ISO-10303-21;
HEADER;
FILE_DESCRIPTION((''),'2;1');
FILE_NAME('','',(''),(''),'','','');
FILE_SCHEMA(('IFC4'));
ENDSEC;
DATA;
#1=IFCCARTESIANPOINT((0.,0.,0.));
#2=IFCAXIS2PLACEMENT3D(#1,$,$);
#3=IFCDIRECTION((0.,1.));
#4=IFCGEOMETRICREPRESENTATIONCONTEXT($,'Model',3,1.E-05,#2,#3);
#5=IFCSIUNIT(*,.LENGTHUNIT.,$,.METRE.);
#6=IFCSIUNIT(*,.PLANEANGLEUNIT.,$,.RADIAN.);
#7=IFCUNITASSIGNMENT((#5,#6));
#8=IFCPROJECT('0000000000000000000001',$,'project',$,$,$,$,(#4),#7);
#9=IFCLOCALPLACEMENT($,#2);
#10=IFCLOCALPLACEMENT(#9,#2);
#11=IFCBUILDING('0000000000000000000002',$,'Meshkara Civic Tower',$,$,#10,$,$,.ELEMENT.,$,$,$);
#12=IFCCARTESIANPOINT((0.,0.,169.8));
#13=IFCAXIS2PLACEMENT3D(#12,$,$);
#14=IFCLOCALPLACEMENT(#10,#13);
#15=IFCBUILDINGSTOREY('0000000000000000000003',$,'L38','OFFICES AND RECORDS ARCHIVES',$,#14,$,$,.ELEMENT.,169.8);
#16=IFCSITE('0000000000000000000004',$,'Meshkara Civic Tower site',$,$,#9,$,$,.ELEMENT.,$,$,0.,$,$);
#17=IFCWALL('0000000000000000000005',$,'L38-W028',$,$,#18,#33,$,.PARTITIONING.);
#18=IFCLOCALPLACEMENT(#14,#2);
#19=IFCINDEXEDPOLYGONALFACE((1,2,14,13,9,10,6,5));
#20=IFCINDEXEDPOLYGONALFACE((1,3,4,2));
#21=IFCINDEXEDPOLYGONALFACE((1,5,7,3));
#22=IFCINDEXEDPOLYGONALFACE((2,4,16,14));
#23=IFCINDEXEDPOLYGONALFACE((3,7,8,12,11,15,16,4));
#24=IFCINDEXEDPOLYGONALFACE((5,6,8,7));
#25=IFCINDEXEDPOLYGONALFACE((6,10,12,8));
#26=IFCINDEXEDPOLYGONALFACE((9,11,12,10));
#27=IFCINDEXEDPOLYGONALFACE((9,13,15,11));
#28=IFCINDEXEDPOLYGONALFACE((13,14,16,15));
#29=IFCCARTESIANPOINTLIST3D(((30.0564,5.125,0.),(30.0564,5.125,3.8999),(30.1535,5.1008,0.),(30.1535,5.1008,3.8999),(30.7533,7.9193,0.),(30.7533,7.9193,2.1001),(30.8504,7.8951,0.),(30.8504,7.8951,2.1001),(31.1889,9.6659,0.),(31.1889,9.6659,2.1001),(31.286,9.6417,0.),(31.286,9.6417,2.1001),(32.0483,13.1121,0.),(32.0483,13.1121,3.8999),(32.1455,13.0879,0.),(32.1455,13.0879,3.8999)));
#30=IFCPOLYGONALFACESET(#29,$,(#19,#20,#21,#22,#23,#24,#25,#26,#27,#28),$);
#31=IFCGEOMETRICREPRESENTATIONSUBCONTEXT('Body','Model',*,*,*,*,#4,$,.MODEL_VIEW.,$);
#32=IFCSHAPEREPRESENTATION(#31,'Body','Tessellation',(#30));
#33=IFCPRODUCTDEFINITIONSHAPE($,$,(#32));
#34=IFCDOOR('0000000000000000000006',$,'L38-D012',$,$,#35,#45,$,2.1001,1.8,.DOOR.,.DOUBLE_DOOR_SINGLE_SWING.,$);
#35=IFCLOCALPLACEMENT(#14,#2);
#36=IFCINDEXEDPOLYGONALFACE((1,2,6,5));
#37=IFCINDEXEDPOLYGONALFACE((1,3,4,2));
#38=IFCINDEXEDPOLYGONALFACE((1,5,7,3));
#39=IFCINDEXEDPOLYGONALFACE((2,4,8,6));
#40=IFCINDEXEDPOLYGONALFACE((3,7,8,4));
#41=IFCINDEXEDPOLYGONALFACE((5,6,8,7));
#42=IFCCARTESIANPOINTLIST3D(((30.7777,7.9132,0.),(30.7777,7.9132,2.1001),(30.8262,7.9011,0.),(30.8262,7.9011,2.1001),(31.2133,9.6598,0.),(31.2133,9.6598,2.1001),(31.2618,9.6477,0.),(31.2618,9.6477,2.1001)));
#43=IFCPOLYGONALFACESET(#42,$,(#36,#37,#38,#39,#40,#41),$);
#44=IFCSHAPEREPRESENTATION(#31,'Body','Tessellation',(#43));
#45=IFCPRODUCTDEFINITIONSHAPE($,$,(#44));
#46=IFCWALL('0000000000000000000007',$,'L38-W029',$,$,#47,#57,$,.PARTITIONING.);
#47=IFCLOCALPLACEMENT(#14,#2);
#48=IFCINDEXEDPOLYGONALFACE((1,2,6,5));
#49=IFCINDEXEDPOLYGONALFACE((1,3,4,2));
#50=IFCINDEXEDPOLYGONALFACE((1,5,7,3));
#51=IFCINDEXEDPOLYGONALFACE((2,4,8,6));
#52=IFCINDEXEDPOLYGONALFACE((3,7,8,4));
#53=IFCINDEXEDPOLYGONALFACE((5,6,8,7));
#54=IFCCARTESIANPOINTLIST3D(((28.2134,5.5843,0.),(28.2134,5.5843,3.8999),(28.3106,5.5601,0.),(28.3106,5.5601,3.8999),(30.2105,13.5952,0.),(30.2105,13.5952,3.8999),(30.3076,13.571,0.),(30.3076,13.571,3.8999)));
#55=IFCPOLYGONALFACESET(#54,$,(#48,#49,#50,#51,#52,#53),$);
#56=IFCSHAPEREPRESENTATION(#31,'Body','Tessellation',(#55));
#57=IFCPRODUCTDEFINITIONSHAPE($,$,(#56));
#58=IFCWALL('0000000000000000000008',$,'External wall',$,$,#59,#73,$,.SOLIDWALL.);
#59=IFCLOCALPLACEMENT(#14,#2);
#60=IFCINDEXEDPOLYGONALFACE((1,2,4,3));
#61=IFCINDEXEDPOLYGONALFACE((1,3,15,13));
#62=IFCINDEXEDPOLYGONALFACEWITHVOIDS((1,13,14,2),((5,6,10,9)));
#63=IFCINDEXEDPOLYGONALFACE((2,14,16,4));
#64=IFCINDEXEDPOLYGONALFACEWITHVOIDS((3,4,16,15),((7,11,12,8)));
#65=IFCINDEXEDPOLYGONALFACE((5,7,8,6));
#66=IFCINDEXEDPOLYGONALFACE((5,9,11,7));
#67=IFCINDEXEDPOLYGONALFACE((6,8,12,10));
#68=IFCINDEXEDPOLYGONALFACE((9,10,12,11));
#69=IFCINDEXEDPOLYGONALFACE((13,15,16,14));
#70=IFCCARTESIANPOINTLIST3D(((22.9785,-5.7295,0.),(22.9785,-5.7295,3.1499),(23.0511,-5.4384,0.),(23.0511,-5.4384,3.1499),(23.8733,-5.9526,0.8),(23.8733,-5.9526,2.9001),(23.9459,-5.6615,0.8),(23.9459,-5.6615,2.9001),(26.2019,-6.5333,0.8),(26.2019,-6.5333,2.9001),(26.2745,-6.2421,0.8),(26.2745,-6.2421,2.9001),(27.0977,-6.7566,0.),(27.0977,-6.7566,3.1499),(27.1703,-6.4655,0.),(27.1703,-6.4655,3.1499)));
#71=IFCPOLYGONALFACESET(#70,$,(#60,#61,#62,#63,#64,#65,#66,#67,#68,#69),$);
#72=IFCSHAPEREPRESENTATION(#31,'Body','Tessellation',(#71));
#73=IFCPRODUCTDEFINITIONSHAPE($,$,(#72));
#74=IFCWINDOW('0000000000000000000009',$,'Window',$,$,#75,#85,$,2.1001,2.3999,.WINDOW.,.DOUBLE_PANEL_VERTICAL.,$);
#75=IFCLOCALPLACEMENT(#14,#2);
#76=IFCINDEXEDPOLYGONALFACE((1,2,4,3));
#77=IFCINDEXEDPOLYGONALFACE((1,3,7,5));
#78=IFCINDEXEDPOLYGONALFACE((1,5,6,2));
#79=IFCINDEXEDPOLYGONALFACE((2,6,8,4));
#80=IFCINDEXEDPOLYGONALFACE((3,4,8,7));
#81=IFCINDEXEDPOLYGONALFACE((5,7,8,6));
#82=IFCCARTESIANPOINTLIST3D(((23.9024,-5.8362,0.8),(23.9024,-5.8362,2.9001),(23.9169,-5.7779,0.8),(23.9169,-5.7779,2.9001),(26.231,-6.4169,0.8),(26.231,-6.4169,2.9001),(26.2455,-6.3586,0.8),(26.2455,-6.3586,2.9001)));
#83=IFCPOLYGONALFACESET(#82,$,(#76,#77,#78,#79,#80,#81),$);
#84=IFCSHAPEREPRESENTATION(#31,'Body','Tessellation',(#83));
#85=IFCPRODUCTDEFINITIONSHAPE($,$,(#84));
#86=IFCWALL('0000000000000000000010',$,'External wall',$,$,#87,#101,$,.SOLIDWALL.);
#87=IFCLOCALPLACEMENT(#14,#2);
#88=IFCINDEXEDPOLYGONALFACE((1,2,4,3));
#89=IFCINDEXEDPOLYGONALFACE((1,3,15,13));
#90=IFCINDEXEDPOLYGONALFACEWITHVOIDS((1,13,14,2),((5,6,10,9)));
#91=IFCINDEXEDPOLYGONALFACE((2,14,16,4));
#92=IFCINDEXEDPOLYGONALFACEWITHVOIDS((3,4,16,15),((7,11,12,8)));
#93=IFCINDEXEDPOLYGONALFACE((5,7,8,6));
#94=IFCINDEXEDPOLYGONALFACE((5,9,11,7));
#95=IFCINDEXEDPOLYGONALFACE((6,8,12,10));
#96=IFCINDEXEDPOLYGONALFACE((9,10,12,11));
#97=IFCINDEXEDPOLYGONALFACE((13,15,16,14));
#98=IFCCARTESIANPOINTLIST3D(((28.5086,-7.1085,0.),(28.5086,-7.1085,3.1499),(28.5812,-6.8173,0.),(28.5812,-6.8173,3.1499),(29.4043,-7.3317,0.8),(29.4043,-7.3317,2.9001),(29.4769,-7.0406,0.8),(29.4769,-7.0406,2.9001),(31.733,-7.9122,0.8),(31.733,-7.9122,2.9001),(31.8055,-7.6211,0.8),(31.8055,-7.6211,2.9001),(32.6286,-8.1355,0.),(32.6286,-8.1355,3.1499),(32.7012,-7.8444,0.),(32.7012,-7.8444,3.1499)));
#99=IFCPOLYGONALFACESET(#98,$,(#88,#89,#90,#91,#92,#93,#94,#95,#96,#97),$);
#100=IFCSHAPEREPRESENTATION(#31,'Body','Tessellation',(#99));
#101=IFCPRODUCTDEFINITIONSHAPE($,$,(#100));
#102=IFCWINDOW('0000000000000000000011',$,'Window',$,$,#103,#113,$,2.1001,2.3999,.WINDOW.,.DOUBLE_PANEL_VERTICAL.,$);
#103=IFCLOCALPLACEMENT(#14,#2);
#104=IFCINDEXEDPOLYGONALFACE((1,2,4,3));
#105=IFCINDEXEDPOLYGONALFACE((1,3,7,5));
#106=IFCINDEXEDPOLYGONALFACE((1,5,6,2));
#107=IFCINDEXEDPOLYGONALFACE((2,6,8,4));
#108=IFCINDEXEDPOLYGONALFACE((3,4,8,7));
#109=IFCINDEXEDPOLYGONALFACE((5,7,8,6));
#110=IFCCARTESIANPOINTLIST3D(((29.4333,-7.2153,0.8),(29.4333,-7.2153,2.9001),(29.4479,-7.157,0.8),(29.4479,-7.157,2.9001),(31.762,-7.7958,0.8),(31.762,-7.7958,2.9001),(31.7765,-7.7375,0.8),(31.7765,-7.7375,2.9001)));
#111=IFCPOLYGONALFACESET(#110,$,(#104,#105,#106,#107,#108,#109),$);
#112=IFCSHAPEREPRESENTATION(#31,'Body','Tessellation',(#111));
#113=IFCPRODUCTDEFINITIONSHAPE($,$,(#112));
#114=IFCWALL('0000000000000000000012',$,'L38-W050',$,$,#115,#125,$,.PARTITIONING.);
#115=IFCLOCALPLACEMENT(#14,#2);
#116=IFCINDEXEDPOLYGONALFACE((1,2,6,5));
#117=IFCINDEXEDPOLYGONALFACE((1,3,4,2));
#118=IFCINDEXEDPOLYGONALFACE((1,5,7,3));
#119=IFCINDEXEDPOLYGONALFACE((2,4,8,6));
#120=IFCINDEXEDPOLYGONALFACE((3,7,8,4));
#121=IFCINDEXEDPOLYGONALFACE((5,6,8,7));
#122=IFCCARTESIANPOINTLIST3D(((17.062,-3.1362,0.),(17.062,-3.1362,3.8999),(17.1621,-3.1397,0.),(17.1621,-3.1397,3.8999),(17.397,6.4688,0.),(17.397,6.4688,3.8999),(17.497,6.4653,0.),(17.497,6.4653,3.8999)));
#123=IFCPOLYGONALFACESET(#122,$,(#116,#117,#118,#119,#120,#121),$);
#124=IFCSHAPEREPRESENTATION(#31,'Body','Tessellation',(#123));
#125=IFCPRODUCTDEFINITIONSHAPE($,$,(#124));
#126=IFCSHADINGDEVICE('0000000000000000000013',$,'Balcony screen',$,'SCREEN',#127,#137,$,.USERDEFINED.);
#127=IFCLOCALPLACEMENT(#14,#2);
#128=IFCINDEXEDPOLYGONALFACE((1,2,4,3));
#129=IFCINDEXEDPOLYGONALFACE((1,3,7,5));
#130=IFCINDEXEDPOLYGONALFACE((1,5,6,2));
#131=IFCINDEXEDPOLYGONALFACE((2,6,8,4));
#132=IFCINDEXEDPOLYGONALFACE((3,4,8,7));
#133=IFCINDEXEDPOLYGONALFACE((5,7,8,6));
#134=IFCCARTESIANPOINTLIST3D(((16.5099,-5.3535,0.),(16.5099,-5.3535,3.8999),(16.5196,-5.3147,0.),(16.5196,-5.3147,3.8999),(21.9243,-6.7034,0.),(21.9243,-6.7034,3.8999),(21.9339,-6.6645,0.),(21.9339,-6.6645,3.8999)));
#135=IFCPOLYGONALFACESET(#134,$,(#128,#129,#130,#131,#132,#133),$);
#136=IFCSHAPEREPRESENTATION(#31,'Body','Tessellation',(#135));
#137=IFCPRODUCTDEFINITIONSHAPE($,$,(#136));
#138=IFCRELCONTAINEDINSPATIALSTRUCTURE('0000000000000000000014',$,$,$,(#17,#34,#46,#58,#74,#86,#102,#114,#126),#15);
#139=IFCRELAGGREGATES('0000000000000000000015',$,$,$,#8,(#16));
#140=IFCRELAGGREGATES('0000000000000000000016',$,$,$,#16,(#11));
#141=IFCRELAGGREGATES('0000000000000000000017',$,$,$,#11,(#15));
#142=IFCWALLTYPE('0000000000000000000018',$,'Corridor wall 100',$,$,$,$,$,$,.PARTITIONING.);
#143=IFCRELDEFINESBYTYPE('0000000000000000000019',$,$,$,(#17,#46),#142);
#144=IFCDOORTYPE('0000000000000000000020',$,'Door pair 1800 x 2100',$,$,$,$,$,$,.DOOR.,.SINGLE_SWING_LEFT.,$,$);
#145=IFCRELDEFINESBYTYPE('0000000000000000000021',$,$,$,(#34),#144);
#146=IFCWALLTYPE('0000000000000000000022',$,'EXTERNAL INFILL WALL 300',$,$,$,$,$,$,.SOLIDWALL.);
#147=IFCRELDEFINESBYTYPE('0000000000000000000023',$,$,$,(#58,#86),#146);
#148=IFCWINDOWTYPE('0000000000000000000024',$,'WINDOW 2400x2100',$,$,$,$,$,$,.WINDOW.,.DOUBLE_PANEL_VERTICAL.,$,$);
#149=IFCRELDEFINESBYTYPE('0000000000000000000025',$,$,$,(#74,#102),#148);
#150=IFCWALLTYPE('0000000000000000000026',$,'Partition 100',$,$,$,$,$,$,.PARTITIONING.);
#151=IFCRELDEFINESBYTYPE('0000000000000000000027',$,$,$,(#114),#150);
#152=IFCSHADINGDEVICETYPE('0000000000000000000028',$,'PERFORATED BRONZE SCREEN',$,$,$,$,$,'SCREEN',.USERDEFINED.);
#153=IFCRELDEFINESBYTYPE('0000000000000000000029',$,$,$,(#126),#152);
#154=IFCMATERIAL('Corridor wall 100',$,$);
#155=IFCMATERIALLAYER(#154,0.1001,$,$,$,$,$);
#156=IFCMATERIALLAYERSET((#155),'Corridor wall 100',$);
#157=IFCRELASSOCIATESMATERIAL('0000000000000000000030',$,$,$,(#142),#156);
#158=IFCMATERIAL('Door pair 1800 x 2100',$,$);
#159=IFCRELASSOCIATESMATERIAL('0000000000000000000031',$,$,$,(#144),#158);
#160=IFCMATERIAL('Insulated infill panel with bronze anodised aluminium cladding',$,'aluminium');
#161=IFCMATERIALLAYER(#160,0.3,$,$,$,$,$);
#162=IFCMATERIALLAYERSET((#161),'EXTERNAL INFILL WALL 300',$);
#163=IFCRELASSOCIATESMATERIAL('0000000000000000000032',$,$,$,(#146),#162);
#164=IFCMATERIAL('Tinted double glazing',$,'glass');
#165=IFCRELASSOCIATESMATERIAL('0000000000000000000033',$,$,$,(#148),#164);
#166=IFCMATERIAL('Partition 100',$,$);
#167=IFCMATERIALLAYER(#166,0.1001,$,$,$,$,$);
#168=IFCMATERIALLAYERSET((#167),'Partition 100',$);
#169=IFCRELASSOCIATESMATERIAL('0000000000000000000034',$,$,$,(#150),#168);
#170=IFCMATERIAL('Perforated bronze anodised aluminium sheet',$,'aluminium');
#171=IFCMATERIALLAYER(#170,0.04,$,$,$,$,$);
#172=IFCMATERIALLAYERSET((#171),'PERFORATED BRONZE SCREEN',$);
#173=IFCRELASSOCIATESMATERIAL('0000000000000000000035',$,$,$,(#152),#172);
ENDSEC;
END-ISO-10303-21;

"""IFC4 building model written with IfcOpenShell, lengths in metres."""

from ifc_helpers import new_model, si_unit, direction, frame, frame_2d, origin, origin_2d, place, context, subcontext, project, spatial, rectangle, extrude, material, layer, layer_set, type_object, element, fill, save


model = new_model("IFC4")

# Units and contexts
model_context = context("Model", 3, precision=1e-05, world=origin(), true_north=direction((0.0, 1.0)))
body_context = subcontext(model_context, "Body", "Model", "MODEL_VIEW")
ifc_project = project(units=[si_unit("LENGTHUNIT", "METRE"), si_unit("PLANEANGLEUNIT", "RADIAN")], contexts=[model_context])

# Site, building, storey
site_placement = place(None, origin())
site = spatial("IfcSite", under=ifc_project, at=site_placement, Name="Meshkara Civic Tower site", CompositionType="ELEMENT", RefElevation=0.0)
building_placement = place(site_placement, origin())
building = spatial("IfcBuilding", under=site, at=building_placement, Name="Meshkara Civic Tower", CompositionType="ELEMENT")
storey_placement = place(building_placement, frame((0.0, 0.0, 169.8)))
storey = spatial("IfcBuildingStorey", under=building, at=storey_placement, Name="L38", Description="OFFICES AND RECORDS ARCHIVES", CompositionType="ELEMENT", Elevation=169.8)

# Wall, opening, door
ifc_material_1 = material(Name="Corridor wall 100")
ifc_layer_1 = layer(ifc_material_1, 0.1001)
ifc_layer_set_1 = layer_set([ifc_layer_1], Name="Corridor wall 100")
wall_type_1 = type_object("IfcWallType", Name="Corridor wall 100", PredefinedType="PARTITIONING", material=ifc_layer_set_1)
wall_1_placement = place(storey_placement, frame((30.105, 5.113, 0.0), z_axis=(0.0, 0.0, 1.0), x_axis=(0.241984, 0.97028, 0.0)))
wall_1 = element("IfcWall", 1, at=wall_1_placement, inside=storey, type_object=wall_type_1, Name="L38-W028", PredefinedType="PARTITIONING", context=body_context, shape_type="SweptSolid", body=[
    extrude(rectangle(XDim=8.2317, YDim=0.1001, at=frame_2d((4.1157, 0.0))), origin(), (0.0, 0.0, 1.0), 3.8999),
])
opening_1_placement = place(wall_1_placement, frame((2.8799, 0.0, 0.0)))
opening_1 = element("IfcOpeningElement", 2, at=opening_1_placement, cuts=wall_1, PredefinedType="OPENING", context=body_context, shape_type="SweptSolid", body=[
    extrude(rectangle(XDim=1.8, YDim=2.1001, at=frame_2d((0.8999, 1.05))), frame((0.0, 0.0601, 0.0), z_axis=(0.0, -1.0, 0.0), x_axis=(1.0, 0.0, 0.0)), (0.0, 0.0, 1.0), 0.1201),
])
ifc_material_2 = material(Name="Door pair 1800 x 2100")
door_type_1 = type_object("IfcDoorType", Name="Door pair 1800 x 2100", OperationType="SINGLE_SWING_LEFT", PredefinedType="DOOR", material=ifc_material_2)
door_1_placement = place(opening_1_placement, origin())
door_1 = element("IfcDoor", 3, at=door_1_placement, inside=storey, type_object=door_type_1, Name="L38-D012", OperationType="DOUBLE_DOOR_SINGLE_SWING", OverallHeight=2.1001, OverallWidth=1.8, PredefinedType="DOOR", context=body_context, shape_type="SweptSolid", body=[
    extrude(rectangle(XDim=1.8, YDim=2.1001, at=frame_2d((0.8999, 1.05))), frame((0.0, 0.0249, 0.0), z_axis=(0.0, -1.0, 0.0), x_axis=(1.0, 0.0, 0.0)), (0.0, 0.0, 1.0), 0.05),
])
fill(opening_1, door_1)

# Wall
wall_2_placement = place(storey_placement, frame((30.259, 13.583, 0.0), z_axis=(0.0, 0.0, 1.0), x_axis=(-0.241888, -0.970304, 0.0)))
element("IfcWall", 4, at=wall_2_placement, inside=storey, type_object=wall_type_1, Name="L38-W029", PredefinedType="PARTITIONING", context=body_context, shape_type="SweptSolid", body=[
    extrude(rectangle(XDim=8.2561, YDim=0.1001, at=frame_2d((4.1279, 0.0))), origin(), (0.0, 0.0, 1.0), 3.8999),
])

# Walls, openings, windows
ifc_material_3 = material(Name="Insulated infill panel with bronze anodised aluminium cladding", Category="aluminium")
ifc_layer_2 = layer(ifc_material_3, 0.3)
ifc_layer_set_2 = layer_set([ifc_layer_2], Name="EXTERNAL INFILL WALL 300")
wall_type_2 = type_object("IfcWallType", Name="EXTERNAL INFILL WALL 300", PredefinedType="SOLIDWALL", material=ifc_layer_set_2)
wall_3_placement = place(storey_placement, frame((23.0149, -5.584, 0.0), z_axis=(0.0, 0.0, 1.0), x_axis=(0.970291, -0.24194, 0.0)))
wall_3 = element("IfcWall", 5, at=wall_3_placement, inside=storey, type_object=wall_type_2, Name="External wall", PredefinedType="SOLIDWALL", context=body_context, shape_type="SweptSolid", body=[
    extrude(rectangle(XDim=4.2454, YDim=0.3, at=frame_2d((2.1226, 0.0))), origin(), (0.0, 0.0, 1.0), 3.1499),
])
opening_2_placement = place(wall_3_placement, frame((0.9221, 0.0, 0.8)))
opening_2 = element("IfcOpeningElement", 6, at=opening_2_placement, cuts=wall_3, PredefinedType="OPENING", context=body_context, shape_type="SweptSolid", body=[
    extrude(rectangle(XDim=2.3999, YDim=2.1001, at=frame_2d((1.2, 1.05))), frame((0.0, 0.1599, 0.0), z_axis=(0.0, -1.0, 0.0), x_axis=(1.0, 0.0, 0.0)), (0.0, 0.0, 1.0), 0.3201),
])
ifc_material_4 = material(Name="Tinted double glazing", Category="glass")
window_type = type_object("IfcWindowType", Name="WINDOW 2400x2100", PartitioningType="DOUBLE_PANEL_VERTICAL", PredefinedType="WINDOW", material=ifc_material_4)
window_1_placement = place(opening_2_placement, origin())
window_1 = element("IfcWindow", 7, at=window_1_placement, inside=storey, type_object=window_type, Name="Window", OverallHeight=2.1001, OverallWidth=2.3999, PartitioningType="DOUBLE_PANEL_VERTICAL", PredefinedType="WINDOW", context=body_context, shape_type="SweptSolid", body=[
    extrude(rectangle(XDim=2.3999, YDim=2.1001, at=frame_2d((1.2, 1.05))), frame((0.0, 0.03, 0.0), z_axis=(0.0, -1.0, 0.0), x_axis=(1.0, 0.0, 0.0)), (0.0, 0.0, 1.0), 0.0601),
])
fill(opening_2, window_1)
wall_4_placement = place(storey_placement, frame((28.5449, -6.9629, 0.0), z_axis=(0.0, 0.0, 1.0), x_axis=(0.970305, -0.241886, 0.0)))
wall_4 = element("IfcWall", 8, at=wall_4_placement, inside=storey, type_object=wall_type_2, Name="External wall", PredefinedType="SOLIDWALL", context=body_context, shape_type="SweptSolid", body=[
    extrude(rectangle(XDim=4.2461, YDim=0.3, at=frame_2d((2.123, 0.0))), origin(), (0.0, 0.0, 1.0), 3.1499),
])
opening_3_placement = place(wall_4_placement, frame((0.9231, 0.0, 0.8)))
opening_3 = element("IfcOpeningElement", 9, at=opening_3_placement, cuts=wall_4, PredefinedType="OPENING", context=body_context, shape_type="SweptSolid", body=[
    extrude(rectangle(XDim=2.3999, YDim=2.1001, at=frame_2d((1.2, 1.05))), frame((0.0, 0.1599, 0.0), z_axis=(0.0, -1.0, 0.0), x_axis=(1.0, 0.0, 0.0)), (0.0, 0.0, 1.0), 0.3201),
])
window_2_placement = place(opening_3_placement, origin())
window_2 = element("IfcWindow", 10, at=window_2_placement, inside=storey, type_object=window_type, Name="Window", OverallHeight=2.1001, OverallWidth=2.3999, PartitioningType="DOUBLE_PANEL_VERTICAL", PredefinedType="WINDOW", context=body_context, shape_type="SweptSolid", body=[
    extrude(rectangle(XDim=2.3999, YDim=2.1001, at=frame_2d((1.2, 1.05))), frame((0.0, 0.03, 0.0), z_axis=(0.0, -1.0, 0.0), x_axis=(1.0, 0.0, 0.0)), (0.0, 0.0, 1.0), 0.0601),
])
fill(opening_3, window_2)

# Wall
ifc_material_5 = material(Name="Partition 100")
ifc_layer_3 = layer(ifc_material_5, 0.1001)
ifc_layer_set_3 = layer_set([ifc_layer_3], Name="Partition 100")
wall_type_3 = type_object("IfcWallType", Name="Partition 100", PredefinedType="PARTITIONING", material=ifc_layer_set_3)
wall_5_placement = place(storey_placement, frame((17.1121, -3.1379, 0.0), z_axis=(0.0, 0.0, 1.0), x_axis=(0.034852, 0.999392, 0.0)))
element("IfcWall", 11, at=wall_5_placement, inside=storey, type_object=wall_type_3, Name="L38-W050", PredefinedType="PARTITIONING", context=body_context, shape_type="SweptSolid", body=[
    extrude(rectangle(XDim=9.6108, YDim=0.1001, at=frame_2d((4.8054, 0.0))), origin(), (0.0, 0.0, 1.0), 3.8999),
])

# Shading device
ifc_material_6 = material(Name="Perforated bronze anodised aluminium sheet", Category="aluminium")
ifc_layer_4 = layer(ifc_material_6, 0.04)
ifc_layer_set_4 = layer_set([ifc_layer_4], Name="PERFORATED BRONZE SCREEN")
shading_device_type = type_object("IfcShadingDeviceType", Name="PERFORATED BRONZE SCREEN", ElementType="SCREEN", PredefinedType="USERDEFINED", material=ifc_layer_set_4)
shading_device_placement = place(storey_placement, frame((19.2219, -6.009, 0.0), z_axis=(0.0, 0.0, 1.0), x_axis=(0.9703, -0.241905, 0.0)))
element("IfcShadingDevice", 12, at=shading_device_placement, inside=storey, type_object=shading_device_type, Name="Balcony screen", ObjectType="SCREEN", PredefinedType="USERDEFINED", context=body_context, shape_type="SweptSolid", body=[
    extrude(rectangle(XDim=5.5801, YDim=0.04, at=origin_2d()), origin(), (0.0, 0.0, 1.0), 3.8999),
])

save(model, "model.ifc")
